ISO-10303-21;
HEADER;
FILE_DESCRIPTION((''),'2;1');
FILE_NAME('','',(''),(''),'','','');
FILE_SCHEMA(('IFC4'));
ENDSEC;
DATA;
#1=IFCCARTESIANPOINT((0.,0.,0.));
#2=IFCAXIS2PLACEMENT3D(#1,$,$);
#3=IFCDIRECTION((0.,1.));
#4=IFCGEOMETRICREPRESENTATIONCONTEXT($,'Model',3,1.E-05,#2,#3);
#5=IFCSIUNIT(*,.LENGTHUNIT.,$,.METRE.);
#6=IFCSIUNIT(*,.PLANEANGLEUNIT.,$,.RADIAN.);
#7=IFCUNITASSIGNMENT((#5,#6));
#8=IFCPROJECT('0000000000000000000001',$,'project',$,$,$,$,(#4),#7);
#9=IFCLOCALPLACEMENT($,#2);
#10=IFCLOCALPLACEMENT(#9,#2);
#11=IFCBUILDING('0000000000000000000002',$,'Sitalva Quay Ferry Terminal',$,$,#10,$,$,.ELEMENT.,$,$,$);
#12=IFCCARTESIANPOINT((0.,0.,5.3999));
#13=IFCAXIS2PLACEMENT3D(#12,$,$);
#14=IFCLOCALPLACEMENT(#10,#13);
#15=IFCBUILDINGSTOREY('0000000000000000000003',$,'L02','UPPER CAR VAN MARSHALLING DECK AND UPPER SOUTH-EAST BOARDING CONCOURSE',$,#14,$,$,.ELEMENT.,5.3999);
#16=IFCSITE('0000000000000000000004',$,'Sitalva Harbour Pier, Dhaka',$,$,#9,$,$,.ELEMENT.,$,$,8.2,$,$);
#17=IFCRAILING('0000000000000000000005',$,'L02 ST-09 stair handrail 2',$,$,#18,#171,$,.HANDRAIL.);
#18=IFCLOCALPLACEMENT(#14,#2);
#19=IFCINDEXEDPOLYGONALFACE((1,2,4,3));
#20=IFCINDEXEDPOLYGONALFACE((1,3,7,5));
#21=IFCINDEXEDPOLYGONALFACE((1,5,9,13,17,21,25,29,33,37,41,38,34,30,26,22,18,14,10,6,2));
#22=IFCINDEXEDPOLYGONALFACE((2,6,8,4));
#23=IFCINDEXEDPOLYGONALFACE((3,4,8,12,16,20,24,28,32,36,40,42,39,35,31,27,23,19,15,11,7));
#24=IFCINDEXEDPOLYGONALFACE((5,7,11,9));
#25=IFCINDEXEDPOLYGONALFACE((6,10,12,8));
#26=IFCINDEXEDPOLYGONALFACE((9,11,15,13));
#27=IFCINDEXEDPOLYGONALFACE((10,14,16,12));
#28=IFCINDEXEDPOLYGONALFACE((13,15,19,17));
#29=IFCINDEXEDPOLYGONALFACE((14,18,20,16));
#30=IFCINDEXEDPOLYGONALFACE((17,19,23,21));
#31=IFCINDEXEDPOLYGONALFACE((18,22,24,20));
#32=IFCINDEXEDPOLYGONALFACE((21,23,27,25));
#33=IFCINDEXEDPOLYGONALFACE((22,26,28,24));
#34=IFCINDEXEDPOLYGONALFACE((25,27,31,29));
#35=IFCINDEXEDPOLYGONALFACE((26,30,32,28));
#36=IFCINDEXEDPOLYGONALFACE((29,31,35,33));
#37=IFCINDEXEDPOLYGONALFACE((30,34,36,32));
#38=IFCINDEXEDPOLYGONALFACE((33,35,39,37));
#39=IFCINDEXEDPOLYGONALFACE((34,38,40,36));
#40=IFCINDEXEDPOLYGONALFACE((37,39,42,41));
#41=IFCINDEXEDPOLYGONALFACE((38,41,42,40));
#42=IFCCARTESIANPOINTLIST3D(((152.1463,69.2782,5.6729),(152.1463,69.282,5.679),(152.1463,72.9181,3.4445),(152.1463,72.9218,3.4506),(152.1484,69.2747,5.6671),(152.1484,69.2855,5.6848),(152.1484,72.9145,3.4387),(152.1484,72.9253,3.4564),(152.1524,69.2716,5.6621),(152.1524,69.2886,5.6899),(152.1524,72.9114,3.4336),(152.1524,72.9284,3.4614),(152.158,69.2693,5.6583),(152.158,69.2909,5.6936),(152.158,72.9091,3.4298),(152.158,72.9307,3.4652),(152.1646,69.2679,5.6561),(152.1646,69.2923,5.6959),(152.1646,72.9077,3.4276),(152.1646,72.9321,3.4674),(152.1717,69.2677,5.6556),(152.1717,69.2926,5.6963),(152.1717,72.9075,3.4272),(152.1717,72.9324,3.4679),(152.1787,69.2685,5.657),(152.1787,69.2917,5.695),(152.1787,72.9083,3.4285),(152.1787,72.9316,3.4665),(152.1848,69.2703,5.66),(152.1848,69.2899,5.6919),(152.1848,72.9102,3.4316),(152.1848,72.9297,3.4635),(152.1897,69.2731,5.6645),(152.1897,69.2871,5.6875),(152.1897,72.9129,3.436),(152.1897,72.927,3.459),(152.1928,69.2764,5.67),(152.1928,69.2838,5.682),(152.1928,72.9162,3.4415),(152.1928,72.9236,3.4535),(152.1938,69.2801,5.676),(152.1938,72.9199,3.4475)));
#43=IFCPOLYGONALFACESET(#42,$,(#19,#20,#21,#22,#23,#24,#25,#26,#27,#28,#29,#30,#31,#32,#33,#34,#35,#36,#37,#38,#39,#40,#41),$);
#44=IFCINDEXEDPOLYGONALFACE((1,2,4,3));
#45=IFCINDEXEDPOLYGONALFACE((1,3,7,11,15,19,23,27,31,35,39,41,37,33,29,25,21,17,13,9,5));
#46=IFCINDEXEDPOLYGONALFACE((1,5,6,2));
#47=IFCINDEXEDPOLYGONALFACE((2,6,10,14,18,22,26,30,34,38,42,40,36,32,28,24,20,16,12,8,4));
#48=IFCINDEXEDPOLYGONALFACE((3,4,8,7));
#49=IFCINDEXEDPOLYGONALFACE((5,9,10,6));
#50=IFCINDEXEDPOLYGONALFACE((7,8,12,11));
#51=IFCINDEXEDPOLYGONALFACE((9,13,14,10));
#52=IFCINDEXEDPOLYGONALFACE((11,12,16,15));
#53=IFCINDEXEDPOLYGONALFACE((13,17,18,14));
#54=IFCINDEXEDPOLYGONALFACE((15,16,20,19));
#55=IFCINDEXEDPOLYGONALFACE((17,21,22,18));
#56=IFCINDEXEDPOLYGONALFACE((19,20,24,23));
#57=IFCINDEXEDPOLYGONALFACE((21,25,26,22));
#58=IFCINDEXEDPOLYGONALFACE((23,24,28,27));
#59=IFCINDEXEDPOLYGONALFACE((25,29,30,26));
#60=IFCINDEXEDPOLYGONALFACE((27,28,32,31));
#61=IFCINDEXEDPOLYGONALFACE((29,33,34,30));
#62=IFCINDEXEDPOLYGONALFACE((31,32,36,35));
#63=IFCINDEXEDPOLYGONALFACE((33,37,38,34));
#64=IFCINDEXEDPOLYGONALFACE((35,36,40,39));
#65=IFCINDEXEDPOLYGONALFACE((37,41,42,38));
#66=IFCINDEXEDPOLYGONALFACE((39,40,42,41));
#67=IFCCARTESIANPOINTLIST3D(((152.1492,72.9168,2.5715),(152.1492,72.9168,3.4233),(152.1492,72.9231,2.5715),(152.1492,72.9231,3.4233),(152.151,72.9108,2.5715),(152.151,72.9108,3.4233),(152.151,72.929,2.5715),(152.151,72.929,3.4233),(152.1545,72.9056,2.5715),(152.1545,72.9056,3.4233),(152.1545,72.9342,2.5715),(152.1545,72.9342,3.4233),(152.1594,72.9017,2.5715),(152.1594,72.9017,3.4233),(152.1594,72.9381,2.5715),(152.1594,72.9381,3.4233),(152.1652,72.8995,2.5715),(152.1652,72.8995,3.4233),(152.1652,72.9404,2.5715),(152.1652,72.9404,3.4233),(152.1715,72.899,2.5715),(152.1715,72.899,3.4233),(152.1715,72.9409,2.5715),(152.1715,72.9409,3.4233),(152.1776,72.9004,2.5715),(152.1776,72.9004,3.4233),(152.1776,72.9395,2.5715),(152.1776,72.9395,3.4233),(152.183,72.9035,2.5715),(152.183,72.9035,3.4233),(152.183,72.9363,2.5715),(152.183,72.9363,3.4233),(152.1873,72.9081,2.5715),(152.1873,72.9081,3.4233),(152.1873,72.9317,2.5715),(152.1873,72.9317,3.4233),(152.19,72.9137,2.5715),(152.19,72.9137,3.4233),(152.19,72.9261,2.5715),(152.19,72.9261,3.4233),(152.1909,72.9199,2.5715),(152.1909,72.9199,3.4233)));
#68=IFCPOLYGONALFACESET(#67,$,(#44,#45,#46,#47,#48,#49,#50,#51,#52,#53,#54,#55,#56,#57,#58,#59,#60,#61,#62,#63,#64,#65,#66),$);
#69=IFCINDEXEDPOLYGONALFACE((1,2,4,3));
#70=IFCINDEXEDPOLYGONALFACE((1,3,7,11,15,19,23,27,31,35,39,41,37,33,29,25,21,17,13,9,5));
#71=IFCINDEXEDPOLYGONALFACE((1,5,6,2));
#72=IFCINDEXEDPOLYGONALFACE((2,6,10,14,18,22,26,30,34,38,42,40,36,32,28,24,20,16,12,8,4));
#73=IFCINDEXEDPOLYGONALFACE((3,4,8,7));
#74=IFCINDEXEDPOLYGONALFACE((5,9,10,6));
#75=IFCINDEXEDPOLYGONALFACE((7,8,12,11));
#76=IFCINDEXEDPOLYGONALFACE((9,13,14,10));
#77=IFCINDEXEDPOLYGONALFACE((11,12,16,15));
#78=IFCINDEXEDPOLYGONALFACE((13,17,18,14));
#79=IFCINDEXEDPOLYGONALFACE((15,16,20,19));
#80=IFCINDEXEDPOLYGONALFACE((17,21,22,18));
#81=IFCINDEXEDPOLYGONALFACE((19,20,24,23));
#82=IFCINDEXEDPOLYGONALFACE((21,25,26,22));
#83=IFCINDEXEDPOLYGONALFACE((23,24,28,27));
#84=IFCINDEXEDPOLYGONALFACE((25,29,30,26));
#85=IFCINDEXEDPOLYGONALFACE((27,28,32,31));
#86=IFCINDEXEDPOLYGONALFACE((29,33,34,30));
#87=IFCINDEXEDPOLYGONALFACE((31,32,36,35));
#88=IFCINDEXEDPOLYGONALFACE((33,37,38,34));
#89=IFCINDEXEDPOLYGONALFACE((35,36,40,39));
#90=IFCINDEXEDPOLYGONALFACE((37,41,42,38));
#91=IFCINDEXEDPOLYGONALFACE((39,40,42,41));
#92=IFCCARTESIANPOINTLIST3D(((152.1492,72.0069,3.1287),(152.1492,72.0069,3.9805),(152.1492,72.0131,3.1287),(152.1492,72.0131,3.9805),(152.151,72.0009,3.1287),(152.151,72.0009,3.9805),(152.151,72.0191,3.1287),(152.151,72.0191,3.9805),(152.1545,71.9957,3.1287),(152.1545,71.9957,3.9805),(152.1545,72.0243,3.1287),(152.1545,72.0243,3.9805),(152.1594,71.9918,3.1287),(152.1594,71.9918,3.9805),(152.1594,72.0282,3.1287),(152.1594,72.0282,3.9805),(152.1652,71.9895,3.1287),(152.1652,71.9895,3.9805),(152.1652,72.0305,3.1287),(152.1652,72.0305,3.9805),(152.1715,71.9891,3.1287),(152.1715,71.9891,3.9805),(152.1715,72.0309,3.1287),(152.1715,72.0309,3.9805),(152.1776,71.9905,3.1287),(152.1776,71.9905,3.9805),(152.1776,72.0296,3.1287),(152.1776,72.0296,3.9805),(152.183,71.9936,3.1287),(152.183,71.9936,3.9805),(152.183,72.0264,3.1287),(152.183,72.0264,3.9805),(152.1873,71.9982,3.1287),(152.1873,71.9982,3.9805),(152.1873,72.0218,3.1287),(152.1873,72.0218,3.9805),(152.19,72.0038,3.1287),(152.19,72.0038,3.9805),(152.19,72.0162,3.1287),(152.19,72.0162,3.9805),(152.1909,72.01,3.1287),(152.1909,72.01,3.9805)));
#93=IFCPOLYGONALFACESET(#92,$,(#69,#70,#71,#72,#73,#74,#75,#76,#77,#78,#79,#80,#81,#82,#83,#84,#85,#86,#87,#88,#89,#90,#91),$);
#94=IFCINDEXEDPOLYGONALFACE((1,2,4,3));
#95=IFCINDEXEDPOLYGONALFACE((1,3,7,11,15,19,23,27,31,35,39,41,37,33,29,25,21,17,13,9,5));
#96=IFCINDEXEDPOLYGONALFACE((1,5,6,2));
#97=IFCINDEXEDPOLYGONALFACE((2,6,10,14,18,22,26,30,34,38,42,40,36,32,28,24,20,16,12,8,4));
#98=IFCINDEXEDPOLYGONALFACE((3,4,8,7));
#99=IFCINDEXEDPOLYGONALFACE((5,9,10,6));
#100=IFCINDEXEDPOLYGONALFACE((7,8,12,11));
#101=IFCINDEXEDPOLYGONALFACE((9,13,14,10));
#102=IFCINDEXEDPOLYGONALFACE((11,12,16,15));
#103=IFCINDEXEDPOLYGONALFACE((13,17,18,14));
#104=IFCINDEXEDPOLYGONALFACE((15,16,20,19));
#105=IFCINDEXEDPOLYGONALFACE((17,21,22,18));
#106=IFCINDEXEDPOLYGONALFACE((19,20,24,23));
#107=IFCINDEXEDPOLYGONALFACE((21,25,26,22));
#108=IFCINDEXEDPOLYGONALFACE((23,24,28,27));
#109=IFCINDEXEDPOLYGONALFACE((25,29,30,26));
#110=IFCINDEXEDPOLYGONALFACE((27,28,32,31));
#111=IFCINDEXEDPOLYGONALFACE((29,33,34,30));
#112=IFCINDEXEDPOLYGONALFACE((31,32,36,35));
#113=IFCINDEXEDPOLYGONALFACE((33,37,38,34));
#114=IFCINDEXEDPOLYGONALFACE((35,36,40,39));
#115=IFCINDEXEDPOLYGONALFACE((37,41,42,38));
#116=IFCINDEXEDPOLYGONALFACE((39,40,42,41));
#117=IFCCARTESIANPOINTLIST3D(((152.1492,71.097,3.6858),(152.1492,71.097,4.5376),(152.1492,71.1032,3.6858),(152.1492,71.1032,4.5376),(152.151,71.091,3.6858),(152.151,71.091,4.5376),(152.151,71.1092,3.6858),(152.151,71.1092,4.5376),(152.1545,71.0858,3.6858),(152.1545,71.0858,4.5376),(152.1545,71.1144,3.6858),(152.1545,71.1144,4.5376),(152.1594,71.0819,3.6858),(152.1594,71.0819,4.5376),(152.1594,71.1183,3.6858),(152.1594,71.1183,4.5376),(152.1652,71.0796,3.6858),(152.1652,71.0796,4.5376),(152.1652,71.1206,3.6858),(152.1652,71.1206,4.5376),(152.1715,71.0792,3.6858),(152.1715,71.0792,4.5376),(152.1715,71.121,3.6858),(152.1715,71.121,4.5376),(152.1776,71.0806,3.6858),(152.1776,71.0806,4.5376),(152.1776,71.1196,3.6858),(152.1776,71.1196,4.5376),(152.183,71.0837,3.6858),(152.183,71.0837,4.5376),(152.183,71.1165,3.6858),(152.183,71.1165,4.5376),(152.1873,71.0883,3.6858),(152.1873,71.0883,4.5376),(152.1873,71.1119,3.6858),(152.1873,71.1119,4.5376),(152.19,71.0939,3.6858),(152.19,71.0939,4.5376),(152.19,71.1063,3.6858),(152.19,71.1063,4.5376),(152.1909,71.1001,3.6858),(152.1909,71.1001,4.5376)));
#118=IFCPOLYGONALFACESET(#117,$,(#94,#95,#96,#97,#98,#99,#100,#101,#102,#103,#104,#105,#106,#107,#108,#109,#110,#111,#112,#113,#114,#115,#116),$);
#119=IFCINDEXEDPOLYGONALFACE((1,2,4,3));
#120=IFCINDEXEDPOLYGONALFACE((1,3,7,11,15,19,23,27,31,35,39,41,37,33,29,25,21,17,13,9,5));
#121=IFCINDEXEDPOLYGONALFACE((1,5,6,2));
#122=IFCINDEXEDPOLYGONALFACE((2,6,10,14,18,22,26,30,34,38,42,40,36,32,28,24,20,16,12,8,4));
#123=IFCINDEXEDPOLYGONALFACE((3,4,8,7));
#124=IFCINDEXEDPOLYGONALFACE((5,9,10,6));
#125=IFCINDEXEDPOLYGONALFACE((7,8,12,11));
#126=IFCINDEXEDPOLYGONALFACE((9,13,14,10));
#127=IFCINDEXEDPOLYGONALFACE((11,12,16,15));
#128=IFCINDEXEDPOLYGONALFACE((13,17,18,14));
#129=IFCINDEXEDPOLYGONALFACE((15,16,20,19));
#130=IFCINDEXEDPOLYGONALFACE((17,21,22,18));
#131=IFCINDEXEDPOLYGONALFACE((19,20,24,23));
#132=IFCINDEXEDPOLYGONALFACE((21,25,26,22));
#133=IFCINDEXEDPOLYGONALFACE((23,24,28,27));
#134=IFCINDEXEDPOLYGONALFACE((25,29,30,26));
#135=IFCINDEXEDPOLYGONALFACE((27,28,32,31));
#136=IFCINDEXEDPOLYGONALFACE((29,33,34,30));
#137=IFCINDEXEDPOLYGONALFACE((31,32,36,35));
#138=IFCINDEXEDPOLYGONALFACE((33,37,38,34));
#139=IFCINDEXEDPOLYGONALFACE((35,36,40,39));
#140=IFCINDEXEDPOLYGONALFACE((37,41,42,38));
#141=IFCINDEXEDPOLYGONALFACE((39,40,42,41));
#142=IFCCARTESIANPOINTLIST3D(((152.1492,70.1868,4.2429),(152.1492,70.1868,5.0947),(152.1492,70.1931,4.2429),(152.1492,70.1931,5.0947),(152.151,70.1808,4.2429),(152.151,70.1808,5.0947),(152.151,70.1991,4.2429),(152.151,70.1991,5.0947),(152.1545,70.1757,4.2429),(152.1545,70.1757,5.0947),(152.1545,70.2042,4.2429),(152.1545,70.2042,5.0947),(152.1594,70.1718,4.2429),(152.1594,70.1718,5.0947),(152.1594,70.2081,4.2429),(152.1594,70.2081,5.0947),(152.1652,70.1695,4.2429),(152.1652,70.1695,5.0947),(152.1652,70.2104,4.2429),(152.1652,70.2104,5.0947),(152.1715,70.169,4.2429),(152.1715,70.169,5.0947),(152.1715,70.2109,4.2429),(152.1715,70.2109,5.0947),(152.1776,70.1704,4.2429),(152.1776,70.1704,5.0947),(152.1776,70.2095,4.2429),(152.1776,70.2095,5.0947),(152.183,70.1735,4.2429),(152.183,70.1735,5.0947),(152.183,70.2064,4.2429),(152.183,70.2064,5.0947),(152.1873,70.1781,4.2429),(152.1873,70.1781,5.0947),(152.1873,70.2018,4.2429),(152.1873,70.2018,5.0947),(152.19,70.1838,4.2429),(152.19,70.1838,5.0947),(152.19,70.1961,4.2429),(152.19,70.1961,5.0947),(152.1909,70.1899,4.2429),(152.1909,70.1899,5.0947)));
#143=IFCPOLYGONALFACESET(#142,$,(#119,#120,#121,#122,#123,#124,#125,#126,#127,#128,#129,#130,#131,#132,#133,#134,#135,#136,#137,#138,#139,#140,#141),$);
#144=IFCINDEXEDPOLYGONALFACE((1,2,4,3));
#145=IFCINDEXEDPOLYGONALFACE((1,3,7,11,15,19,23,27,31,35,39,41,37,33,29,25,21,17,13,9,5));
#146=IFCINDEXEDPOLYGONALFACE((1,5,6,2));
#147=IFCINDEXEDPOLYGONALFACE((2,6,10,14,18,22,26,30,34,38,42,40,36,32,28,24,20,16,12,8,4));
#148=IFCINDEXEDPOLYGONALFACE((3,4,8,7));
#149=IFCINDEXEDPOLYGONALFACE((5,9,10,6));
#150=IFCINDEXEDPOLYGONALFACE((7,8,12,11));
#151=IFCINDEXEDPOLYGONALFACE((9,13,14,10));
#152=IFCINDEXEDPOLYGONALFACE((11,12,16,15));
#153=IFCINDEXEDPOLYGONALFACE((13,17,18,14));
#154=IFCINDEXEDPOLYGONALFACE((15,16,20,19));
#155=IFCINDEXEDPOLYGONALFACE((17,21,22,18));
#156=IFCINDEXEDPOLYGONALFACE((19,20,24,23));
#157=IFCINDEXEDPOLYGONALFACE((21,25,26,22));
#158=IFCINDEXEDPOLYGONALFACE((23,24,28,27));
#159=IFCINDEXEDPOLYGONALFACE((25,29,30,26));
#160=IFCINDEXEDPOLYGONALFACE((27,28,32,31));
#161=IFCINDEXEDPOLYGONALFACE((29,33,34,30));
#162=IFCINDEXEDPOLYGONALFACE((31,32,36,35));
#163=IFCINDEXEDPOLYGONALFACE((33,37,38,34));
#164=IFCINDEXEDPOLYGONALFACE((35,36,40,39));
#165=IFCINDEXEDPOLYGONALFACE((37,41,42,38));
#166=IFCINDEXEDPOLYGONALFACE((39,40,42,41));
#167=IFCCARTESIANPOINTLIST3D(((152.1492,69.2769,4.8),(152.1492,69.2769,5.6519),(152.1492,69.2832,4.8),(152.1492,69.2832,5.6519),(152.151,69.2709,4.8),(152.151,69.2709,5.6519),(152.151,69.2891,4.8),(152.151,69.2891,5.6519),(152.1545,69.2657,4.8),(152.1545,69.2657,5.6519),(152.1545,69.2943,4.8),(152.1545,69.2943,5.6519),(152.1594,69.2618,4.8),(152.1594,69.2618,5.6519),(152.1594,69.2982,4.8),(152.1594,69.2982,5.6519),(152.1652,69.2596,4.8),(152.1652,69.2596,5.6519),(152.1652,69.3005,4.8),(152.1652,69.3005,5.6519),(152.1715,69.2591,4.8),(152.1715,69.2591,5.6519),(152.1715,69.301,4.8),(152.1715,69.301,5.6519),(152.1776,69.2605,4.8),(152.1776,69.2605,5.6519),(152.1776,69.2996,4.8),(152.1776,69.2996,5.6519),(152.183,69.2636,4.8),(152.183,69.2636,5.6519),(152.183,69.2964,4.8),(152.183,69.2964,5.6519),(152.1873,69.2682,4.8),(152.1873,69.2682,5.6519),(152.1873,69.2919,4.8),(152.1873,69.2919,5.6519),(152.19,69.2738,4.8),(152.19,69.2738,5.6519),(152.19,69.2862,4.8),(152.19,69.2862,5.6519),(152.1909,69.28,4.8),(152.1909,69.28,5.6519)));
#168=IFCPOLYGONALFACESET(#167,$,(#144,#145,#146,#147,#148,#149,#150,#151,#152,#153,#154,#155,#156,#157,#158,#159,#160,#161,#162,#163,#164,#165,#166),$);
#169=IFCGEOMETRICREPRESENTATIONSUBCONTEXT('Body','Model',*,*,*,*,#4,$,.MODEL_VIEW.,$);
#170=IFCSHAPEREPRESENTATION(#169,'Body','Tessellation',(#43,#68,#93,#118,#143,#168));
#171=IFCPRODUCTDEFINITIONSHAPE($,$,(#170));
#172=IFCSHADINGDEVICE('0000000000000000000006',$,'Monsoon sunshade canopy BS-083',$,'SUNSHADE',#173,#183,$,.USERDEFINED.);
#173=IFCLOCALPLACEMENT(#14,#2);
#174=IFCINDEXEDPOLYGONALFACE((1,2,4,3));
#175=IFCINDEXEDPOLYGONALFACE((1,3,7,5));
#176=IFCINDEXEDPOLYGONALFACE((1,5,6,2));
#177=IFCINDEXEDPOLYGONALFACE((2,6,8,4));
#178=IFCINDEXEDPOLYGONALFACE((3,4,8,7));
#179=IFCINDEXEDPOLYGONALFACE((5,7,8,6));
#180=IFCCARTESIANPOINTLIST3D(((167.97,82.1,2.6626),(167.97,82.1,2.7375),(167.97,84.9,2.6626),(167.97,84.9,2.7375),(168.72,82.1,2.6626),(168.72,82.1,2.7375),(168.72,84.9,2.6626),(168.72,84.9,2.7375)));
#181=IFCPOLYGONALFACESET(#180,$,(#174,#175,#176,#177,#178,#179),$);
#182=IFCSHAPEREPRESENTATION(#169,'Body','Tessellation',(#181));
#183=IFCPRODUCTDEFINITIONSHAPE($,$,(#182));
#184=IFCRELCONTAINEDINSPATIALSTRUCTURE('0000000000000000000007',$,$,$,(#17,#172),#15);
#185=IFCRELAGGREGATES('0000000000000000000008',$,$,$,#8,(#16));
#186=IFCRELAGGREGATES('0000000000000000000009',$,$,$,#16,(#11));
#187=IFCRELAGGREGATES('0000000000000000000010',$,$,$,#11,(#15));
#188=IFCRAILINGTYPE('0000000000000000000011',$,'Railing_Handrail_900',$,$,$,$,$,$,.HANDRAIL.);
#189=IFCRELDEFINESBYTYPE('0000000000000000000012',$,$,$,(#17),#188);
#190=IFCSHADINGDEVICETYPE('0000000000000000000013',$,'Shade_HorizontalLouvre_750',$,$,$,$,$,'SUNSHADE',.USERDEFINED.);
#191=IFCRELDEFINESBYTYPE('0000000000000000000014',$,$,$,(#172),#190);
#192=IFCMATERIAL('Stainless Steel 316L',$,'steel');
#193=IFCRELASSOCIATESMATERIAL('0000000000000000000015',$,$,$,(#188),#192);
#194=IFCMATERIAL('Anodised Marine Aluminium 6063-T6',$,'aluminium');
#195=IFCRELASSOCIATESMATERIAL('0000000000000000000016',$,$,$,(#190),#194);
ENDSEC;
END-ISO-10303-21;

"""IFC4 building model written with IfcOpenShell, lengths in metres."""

from ifc_helpers import new_model, si_unit, direction, frame, origin, origin_2d, place, context, subcontext, project, spatial, rectangle, circle, extrude, material, type_object, element, save


model = new_model("IFC4")

# Units and contexts
model_context = context("Model", 3, precision=1e-05, world=origin(), true_north=direction((0.0, 1.0)))
body_context = subcontext(model_context, "Body", "Model", "MODEL_VIEW")
ifc_project = project(units=[si_unit("LENGTHUNIT", "METRE"), si_unit("PLANEANGLEUNIT", "RADIAN")], contexts=[model_context])

# Site, building, storey
site_placement = place(None, origin())
site = spatial("IfcSite", under=ifc_project, at=site_placement, Name="Sitalva Harbour Pier, Dhaka", CompositionType="ELEMENT", RefElevation=8.2)
building_placement = place(site_placement, origin())
building = spatial("IfcBuilding", under=site, at=building_placement, Name="Sitalva Quay Ferry Terminal", CompositionType="ELEMENT")
storey_placement = place(building_placement, frame((0.0, 0.0, 5.3999)))
storey = spatial("IfcBuildingStorey", under=building, at=storey_placement, Name="L02", Description="UPPER CAR VAN MARSHALLING DECK AND UPPER SOUTH-EAST BOARDING CONCOURSE", CompositionType="ELEMENT", Elevation=5.3999)

# Railing
ifc_material_1 = material(Name="Stainless Steel 316L", Category="steel")
railing_type_1 = type_object("IfcRailingType", Name="Railing_Handrail_900", PredefinedType="HANDRAIL", material=ifc_material_1)
railing_1_placement = place(storey_placement, frame((152.1699, 72.9199, 2.5715)))
element("IfcRailing", 1, at=railing_1_placement, inside=storey, type_object=railing_type_1, Name="L02 ST-09 stair handrail 2", PredefinedType="HANDRAIL", context=body_context, shape_type="SweptSolid", body=[
    extrude(circle(Radius=0.0239, at=origin_2d()), frame((0.0, 0.0, 0.876), z_axis=(0.0, -0.85285, 0.522156), x_axis=(1.0, 0.0, 0.0)), (0.0, 0.0, 1.0), 4.2678),
    extrude(circle(Radius=0.021, at=origin_2d()), origin(), (0.0, 0.0, 1.0), 0.8518),
    extrude(circle(Radius=0.021, at=origin_2d()), frame((0.0, -0.9099, 0.5571)), (0.0, 0.0, 1.0), 0.8518),
    extrude(circle(Radius=0.021, at=origin_2d()), frame((0.0, -1.8198, 1.1143)), (0.0, 0.0, 1.0), 0.8518),
    extrude(circle(Radius=0.021, at=origin_2d()), frame((0.0, -2.73, 1.6714)), (0.0, 0.0, 1.0), 0.8518),
    extrude(circle(Radius=0.021, at=origin_2d()), frame((0.0, -3.6399, 2.2285)), (0.0, 0.0, 1.0), 0.8518),
])

# Shading device
ifc_material_2 = material(Name="Anodised Marine Aluminium 6063-T6", Category="aluminium")
shading_device_type = type_object("IfcShadingDeviceType", Name="Shade_HorizontalLouvre_750", ElementType="SUNSHADE", PredefinedType="USERDEFINED", material=ifc_material_2)
shading_device_placement = place(storey_placement, frame((168.345, 83.5, 2.6626), z_axis=(0.0, 0.0, 1.0), x_axis=(1.0, 0.0, 0.0)))
element("IfcShadingDevice", 2, at=shading_device_placement, inside=storey, type_object=shading_device_type, Name="Monsoon sunshade canopy BS-083", ObjectType="SUNSHADE", PredefinedType="USERDEFINED", context=body_context, shape_type="SweptSolid", body=[
    extrude(rectangle(XDim=0.75, YDim=2.8, at=origin_2d()), origin(), (0.0, 0.0, 1.0), 0.075),
])

save(model, "model.ifc")
